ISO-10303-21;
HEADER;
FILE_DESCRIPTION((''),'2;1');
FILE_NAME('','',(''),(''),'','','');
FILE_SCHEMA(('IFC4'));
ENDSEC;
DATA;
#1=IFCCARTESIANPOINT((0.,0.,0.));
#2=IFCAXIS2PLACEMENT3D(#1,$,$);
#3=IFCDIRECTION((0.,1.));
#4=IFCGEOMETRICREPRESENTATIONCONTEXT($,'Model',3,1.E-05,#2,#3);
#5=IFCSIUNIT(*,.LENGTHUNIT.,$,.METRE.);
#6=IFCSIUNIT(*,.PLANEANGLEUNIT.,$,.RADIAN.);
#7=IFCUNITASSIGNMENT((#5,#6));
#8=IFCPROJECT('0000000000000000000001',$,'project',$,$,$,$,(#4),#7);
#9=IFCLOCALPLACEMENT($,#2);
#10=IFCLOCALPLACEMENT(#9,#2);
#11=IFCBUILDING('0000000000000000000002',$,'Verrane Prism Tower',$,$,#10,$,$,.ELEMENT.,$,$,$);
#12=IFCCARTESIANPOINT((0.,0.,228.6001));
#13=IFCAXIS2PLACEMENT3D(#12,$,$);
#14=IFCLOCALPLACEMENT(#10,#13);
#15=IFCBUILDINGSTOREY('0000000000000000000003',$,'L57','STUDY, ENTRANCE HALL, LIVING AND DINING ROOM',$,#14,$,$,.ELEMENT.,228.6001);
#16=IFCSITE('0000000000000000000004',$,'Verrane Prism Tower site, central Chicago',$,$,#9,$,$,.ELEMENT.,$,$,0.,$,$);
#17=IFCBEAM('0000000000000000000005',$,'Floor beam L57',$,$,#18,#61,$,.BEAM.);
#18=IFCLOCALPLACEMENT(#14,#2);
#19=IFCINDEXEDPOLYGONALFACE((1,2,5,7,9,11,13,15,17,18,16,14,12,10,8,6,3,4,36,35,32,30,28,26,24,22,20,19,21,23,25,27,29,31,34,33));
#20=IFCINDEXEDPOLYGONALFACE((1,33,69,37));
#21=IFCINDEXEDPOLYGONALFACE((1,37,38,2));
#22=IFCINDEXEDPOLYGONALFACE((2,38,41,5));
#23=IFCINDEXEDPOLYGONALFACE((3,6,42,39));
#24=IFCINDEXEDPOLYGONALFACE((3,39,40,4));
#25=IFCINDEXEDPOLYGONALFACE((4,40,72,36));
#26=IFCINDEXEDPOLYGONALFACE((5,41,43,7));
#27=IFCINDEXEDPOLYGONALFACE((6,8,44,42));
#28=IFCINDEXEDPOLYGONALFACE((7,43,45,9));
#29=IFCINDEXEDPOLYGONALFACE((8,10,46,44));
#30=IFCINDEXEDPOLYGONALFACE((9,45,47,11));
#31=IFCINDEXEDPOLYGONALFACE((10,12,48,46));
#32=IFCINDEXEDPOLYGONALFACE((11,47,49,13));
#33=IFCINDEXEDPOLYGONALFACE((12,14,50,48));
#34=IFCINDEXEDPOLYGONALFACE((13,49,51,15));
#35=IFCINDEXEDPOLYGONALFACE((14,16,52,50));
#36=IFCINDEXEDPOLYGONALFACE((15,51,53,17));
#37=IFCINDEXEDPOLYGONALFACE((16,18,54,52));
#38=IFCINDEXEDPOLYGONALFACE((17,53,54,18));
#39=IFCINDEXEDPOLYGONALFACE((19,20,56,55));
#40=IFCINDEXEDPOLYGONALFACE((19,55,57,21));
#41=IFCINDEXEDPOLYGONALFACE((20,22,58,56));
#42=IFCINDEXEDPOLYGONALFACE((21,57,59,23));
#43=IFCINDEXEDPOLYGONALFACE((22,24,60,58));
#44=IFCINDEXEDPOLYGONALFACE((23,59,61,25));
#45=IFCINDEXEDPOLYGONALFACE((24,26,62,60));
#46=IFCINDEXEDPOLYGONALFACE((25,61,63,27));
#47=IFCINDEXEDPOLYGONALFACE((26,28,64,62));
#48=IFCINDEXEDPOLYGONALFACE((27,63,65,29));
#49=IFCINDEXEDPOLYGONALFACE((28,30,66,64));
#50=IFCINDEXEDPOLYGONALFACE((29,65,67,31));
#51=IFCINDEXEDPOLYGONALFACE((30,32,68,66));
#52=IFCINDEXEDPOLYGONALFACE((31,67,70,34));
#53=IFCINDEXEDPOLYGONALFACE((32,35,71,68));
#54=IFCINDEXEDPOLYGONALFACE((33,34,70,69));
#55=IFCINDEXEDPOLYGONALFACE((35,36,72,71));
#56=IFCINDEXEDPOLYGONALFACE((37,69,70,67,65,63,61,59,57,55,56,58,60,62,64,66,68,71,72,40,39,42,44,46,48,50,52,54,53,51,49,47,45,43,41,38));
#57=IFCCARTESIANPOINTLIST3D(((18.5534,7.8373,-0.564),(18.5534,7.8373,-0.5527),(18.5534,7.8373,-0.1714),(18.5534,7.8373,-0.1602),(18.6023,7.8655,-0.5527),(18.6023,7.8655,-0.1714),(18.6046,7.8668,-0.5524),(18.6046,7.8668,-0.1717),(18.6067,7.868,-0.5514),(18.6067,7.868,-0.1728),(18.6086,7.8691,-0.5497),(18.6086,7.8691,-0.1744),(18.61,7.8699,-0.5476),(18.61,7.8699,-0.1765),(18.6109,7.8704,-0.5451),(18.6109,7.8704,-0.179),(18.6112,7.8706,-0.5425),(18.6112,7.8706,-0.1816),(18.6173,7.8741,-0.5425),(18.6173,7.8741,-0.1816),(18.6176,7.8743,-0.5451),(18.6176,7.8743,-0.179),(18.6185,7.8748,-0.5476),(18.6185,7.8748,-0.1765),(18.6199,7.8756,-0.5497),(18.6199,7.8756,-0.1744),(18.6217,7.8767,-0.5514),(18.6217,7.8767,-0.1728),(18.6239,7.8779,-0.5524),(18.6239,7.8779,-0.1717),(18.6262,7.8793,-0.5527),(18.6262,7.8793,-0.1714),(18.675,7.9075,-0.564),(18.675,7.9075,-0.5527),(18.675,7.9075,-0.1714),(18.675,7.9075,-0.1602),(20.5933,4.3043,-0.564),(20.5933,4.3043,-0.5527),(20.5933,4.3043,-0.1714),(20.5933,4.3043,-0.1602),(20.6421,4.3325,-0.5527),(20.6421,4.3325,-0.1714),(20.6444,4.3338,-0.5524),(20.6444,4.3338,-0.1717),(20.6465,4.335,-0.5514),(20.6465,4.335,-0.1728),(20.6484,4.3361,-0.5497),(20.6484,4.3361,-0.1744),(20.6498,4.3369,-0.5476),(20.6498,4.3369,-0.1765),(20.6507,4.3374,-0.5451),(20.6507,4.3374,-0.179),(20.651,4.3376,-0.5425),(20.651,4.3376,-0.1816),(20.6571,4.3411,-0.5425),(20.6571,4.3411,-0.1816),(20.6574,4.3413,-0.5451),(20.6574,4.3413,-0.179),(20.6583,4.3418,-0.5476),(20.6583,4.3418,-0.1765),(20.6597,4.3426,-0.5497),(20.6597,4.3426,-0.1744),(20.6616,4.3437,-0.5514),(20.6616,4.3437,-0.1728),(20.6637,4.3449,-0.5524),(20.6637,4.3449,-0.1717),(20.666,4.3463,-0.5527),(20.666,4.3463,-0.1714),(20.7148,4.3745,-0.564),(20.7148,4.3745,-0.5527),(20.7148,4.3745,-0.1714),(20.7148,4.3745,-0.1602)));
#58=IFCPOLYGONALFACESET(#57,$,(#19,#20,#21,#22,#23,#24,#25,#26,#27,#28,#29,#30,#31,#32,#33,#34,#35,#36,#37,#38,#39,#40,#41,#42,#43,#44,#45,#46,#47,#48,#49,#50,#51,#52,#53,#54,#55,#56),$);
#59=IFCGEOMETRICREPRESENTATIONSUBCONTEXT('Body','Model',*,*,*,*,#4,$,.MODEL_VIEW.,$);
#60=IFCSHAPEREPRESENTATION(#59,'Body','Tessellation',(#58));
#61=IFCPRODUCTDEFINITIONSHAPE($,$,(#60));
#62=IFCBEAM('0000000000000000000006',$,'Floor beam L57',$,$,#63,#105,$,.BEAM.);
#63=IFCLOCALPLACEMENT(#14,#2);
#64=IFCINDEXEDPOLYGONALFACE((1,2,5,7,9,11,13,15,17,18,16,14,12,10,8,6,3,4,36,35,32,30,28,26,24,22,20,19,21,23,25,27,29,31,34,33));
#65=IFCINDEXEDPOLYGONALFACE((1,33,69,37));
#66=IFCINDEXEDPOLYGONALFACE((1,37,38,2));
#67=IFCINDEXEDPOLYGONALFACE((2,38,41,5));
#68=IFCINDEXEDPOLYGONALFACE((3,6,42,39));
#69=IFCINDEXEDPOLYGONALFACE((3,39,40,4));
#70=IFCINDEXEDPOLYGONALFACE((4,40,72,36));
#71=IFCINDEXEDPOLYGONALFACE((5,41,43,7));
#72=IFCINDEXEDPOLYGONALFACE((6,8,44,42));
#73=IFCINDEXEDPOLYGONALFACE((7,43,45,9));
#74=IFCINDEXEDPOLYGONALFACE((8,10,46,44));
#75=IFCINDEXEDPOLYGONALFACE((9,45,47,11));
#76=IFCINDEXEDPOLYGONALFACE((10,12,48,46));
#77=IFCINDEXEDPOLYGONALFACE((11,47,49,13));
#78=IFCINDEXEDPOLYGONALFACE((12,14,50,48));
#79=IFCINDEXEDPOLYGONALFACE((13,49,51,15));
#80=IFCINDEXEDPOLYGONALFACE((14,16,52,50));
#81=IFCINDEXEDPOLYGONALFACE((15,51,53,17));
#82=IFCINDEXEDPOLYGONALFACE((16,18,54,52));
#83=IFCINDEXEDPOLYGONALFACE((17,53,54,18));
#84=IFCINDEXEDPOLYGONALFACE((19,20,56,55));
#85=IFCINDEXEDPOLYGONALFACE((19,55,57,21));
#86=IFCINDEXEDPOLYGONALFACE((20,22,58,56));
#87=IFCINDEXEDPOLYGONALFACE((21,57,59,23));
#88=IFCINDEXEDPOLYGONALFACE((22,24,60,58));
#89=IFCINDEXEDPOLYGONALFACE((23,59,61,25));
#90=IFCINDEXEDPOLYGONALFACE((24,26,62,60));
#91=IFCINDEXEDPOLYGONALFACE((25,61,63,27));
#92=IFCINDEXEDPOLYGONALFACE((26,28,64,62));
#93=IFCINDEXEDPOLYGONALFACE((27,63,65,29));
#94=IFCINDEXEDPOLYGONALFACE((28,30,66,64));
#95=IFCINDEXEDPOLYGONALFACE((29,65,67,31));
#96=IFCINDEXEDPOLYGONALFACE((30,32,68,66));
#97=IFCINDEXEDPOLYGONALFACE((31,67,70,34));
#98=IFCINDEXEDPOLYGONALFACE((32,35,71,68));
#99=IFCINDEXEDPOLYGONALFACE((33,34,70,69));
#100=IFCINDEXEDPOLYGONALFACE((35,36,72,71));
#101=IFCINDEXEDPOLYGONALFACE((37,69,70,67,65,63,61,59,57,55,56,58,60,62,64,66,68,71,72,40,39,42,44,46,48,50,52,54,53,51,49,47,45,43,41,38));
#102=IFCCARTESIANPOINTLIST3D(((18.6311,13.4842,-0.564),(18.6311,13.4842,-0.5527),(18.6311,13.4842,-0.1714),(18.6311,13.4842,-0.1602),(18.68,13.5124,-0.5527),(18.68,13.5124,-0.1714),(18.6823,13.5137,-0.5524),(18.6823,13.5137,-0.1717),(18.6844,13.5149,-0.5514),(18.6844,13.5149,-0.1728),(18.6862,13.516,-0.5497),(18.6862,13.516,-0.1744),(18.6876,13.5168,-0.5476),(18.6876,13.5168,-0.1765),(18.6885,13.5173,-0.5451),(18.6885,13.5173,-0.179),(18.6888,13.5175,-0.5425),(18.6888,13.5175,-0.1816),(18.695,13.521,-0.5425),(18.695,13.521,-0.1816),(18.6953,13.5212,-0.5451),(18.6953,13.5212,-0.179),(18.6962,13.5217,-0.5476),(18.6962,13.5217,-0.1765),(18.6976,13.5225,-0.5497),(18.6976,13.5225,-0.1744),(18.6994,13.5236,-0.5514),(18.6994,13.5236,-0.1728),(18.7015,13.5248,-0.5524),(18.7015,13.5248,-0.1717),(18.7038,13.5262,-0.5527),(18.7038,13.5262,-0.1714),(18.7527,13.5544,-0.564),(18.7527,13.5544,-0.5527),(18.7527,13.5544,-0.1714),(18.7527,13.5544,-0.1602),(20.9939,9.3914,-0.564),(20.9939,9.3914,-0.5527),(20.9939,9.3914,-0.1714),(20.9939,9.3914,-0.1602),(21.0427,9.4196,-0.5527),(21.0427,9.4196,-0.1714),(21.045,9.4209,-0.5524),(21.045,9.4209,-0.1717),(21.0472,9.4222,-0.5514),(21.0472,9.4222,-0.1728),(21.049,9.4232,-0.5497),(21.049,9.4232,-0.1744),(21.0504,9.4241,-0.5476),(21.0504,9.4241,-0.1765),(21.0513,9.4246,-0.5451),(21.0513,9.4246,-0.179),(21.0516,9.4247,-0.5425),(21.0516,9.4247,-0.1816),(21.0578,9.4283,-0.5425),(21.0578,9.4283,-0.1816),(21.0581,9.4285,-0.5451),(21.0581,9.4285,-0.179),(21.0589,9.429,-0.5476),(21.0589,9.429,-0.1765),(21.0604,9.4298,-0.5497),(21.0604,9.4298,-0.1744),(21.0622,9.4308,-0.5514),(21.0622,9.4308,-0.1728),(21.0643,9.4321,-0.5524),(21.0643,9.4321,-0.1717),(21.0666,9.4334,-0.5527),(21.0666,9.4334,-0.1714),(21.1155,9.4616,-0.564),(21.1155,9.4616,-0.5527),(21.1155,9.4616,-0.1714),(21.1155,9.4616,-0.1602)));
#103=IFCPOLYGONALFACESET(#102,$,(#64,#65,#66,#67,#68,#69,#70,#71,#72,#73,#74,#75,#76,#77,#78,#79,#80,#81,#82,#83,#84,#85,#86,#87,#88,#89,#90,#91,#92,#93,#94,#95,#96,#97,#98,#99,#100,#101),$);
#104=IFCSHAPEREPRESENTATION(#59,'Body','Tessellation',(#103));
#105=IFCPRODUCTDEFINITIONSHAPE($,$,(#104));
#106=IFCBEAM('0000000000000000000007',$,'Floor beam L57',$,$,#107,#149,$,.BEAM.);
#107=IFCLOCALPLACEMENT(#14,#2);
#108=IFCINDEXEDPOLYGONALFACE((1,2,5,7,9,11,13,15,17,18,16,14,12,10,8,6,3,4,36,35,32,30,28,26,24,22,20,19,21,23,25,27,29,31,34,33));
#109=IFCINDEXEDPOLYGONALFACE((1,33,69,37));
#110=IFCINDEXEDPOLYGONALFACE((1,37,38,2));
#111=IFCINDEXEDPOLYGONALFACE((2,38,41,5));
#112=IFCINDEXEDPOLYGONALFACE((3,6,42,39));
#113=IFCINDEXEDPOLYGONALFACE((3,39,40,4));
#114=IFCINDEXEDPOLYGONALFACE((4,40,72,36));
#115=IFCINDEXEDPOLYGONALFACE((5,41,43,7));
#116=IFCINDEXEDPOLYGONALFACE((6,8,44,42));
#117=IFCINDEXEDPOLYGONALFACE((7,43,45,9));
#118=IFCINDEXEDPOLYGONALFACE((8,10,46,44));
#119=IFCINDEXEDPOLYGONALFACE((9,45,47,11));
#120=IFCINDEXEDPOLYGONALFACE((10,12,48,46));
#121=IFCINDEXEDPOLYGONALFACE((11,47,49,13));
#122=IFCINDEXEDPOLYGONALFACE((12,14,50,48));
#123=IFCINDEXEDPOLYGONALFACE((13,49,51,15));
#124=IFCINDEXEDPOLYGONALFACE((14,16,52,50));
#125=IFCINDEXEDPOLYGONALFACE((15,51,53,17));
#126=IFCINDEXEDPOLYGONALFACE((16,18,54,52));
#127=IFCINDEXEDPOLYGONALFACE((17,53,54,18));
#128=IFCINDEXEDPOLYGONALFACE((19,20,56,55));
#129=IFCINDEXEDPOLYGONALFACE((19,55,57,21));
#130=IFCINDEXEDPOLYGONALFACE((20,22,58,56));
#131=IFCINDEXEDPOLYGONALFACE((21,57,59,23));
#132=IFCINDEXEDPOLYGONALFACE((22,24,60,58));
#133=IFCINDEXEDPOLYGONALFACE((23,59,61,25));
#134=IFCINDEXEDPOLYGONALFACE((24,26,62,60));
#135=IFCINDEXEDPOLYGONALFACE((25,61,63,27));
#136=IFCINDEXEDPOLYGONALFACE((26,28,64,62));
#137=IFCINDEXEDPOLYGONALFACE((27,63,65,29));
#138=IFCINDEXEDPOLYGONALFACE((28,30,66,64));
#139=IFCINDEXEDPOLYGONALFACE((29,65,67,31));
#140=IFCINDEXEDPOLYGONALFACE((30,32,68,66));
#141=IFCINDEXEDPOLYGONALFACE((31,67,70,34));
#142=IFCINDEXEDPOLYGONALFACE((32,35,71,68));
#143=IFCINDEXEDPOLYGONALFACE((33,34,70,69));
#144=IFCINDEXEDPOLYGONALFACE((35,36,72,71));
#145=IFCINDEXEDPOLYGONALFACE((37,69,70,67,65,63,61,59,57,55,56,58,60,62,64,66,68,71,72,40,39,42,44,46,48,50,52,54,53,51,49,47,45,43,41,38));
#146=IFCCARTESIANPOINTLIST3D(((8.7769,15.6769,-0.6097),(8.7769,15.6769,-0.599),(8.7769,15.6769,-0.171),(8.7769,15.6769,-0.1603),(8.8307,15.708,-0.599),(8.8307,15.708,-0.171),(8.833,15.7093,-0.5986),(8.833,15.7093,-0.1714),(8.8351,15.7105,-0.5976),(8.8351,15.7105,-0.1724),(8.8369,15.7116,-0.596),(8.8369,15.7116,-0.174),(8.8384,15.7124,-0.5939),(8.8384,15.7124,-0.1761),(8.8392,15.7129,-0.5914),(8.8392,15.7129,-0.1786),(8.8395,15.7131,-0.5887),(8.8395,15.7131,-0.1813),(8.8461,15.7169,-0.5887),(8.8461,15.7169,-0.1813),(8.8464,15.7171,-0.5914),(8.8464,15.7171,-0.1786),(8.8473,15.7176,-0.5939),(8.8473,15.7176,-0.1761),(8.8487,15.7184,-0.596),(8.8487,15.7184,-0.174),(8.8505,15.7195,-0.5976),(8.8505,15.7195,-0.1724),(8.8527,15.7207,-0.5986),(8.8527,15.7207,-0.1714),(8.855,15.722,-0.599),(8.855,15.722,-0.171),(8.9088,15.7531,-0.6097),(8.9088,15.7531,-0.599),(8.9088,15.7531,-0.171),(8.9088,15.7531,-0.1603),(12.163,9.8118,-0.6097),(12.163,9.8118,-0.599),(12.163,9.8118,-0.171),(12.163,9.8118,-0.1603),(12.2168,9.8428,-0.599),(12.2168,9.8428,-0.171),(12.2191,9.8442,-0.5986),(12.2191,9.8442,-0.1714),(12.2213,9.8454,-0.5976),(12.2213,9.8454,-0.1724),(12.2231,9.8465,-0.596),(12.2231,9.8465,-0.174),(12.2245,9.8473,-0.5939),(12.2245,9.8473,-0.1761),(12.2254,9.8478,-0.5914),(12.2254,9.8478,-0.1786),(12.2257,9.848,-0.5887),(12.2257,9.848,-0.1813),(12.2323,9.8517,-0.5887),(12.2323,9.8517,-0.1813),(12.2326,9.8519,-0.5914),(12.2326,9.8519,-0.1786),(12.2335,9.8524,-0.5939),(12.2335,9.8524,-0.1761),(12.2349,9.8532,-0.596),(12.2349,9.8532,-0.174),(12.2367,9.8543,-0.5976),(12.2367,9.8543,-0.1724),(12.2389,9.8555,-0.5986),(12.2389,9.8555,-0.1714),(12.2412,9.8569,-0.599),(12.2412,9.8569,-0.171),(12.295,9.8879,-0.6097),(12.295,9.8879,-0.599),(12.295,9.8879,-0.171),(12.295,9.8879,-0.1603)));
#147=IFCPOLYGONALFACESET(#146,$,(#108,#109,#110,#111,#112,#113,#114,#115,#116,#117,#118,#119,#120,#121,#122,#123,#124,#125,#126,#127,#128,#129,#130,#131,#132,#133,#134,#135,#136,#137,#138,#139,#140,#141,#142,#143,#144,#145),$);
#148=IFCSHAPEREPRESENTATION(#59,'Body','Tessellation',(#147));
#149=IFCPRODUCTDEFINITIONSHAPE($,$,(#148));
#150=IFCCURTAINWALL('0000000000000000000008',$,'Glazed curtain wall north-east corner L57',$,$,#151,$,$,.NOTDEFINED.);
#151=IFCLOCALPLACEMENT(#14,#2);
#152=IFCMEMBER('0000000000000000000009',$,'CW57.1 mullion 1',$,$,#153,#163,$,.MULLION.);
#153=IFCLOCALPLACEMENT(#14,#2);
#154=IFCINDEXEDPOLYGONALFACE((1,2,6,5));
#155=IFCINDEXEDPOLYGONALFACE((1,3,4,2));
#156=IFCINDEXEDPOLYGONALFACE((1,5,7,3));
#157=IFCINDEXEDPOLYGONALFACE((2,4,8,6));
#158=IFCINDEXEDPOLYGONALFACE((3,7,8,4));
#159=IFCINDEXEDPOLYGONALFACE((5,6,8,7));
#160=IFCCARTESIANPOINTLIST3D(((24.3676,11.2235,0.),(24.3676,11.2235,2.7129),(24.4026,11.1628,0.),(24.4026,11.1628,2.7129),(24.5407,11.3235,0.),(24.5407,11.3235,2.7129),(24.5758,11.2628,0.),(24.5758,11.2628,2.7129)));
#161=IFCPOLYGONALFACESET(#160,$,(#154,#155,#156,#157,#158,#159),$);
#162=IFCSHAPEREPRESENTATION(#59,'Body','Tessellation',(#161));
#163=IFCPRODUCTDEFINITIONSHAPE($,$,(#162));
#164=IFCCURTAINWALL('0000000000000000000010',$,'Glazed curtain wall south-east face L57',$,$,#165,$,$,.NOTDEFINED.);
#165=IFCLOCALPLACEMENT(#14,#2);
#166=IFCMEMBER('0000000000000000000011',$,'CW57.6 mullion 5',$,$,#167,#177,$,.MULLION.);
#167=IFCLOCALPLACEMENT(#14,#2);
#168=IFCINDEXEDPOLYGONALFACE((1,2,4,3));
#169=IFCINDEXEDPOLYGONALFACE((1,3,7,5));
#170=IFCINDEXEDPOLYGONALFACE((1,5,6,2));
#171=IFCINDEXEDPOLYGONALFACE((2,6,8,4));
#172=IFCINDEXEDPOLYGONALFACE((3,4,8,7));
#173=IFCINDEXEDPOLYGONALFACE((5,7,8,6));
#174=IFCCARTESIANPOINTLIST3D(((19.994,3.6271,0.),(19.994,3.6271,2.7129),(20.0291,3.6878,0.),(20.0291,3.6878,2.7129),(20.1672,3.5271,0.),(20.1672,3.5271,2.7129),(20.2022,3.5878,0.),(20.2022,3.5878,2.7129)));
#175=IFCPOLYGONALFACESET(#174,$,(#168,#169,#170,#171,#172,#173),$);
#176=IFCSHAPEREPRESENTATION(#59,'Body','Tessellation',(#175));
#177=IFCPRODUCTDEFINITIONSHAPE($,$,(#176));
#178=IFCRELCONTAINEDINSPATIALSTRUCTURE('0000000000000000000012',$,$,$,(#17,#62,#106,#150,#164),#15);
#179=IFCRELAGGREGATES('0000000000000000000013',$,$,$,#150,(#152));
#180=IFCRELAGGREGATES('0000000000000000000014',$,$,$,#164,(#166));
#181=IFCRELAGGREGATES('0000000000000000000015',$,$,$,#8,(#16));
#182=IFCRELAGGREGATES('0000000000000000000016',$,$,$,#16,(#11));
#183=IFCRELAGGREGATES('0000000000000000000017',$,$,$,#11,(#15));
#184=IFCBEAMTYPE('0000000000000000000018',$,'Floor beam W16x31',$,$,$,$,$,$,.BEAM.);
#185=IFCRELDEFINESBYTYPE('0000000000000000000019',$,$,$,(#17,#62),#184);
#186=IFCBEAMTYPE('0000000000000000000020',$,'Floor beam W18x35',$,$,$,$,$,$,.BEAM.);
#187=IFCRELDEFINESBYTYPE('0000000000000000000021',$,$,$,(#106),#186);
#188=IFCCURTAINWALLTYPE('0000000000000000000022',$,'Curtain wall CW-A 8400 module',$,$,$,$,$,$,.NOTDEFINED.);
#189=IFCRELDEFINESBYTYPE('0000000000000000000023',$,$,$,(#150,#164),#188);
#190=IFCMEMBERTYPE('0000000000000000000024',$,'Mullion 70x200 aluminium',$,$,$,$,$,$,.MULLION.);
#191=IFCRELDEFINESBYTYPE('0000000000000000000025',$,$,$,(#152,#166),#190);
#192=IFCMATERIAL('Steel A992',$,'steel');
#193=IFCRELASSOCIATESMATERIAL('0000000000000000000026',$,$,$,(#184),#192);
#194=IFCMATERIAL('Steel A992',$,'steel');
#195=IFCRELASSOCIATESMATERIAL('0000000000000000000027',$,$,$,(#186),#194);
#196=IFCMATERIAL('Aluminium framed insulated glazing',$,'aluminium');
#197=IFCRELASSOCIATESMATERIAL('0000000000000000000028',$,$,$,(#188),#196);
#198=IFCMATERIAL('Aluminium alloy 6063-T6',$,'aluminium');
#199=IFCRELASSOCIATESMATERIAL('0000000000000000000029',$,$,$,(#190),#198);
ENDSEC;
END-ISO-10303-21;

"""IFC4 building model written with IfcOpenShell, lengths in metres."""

from ifc_helpers import new_model, si_unit, direction, frame, origin, origin_2d, place, context, subcontext, project, spatial, rectangle, i_section, extrude, material, material_profile, profile_set, type_object, element, aggregate, save


model = new_model("IFC4")

# Units and contexts
model_context = context("Model", 3, precision=1e-05, world=origin(), true_north=direction((0.0, 1.0)))
body_context = subcontext(model_context, "Body", "Model", "MODEL_VIEW")
ifc_project = project(units=[si_unit("LENGTHUNIT", "METRE"), si_unit("PLANEANGLEUNIT", "RADIAN")], contexts=[model_context])

# Site, building, storey
site_placement = place(None, origin())
site = spatial("IfcSite", under=ifc_project, at=site_placement, Name="Verrane Prism Tower site, central Chicago", CompositionType="ELEMENT", RefElevation=0.0)
building_placement = place(site_placement, origin())
building = spatial("IfcBuilding", under=site, at=building_placement, Name="Verrane Prism Tower", CompositionType="ELEMENT")
storey_placement = place(building_placement, frame((0.0, 0.0, 228.6001)))
storey = spatial("IfcBuildingStorey", under=building, at=storey_placement, Name="L57", Description="STUDY, ENTRANCE HALL, LIVING AND DINING ROOM", CompositionType="ELEMENT", Elevation=228.6001)

# Beams
ifc_material_1 = material(Name="Steel A992", Category="steel")
ifc_material_profile_1 = material_profile(ifc_material_1, i_section(OverallWidth=0.1404, OverallDepth=0.4038, WebThickness=0.0071, FlangeThickness=0.0112, FilletRadius=0.0103, at=origin_2d()), Name="W16x31")
ifc_profile_set_1 = profile_set([ifc_material_profile_1], Name="Steel A992")
beam_type_1 = type_object("IfcBeamType", Name="Floor beam W16x31", PredefinedType="BEAM", material=ifc_profile_set_1)
beam_1_placement = place(storey_placement, frame((20.6541, 4.3394, -0.3621), z_axis=(-0.500007, 0.866021, 0.0), x_axis=(-0.866021, -0.500007, 0.0)))
element("IfcBeam", 1, at=beam_1_placement, inside=storey, type_object=beam_type_1, Name="Floor beam L57", PredefinedType="BEAM", context=body_context, shape_type="SweptSolid", body=[
    extrude(i_section(OverallWidth=0.1404, OverallDepth=0.4038, WebThickness=0.0071, FlangeThickness=0.0112, FilletRadius=0.0103, at=origin_2d()), origin(), (0.0, 0.0, 1.0), 4.0796),
])
beam_2_placement = place(storey_placement, frame((21.0547, 9.4265, -0.3621), z_axis=(-0.499973, 0.866041, 0.0), x_axis=(-0.866041, -0.499973, 0.0)))
element("IfcBeam", 2, at=beam_2_placement, inside=storey, type_object=beam_type_1, Name="Floor beam L57", PredefinedType="BEAM", context=body_context, shape_type="SweptSolid", body=[
    extrude(i_section(OverallWidth=0.1404, OverallDepth=0.4038, WebThickness=0.0071, FlangeThickness=0.0112, FilletRadius=0.0103, at=origin_2d()), origin(), (0.0, 0.0, 1.0), 4.7258),
])
ifc_material_2 = material(Name="Steel A992", Category="steel")
ifc_material_profile_2 = material_profile(ifc_material_2, i_section(OverallWidth=0.1523, OverallDepth=0.4495, WebThickness=0.0076, FlangeThickness=0.0107, FilletRadius=0.0103, at=origin_2d()), Name="W18x35")
ifc_profile_set_2 = profile_set([ifc_material_profile_2], Name="Steel A992")
beam_type_2 = type_object("IfcBeamType", Name="Floor beam W18x35", PredefinedType="BEAM", material=ifc_profile_set_2)
beam_3_placement = place(storey_placement, frame((12.229, 9.8499, -0.385), z_axis=(-0.499993, 0.86603, 0.0), x_axis=(-0.86603, -0.499993, 0.0)))
element("IfcBeam", 3, at=beam_3_placement, inside=storey, type_object=beam_type_2, Name="Floor beam L57", PredefinedType="BEAM", context=body_context, shape_type="SweptSolid", body=[
    extrude(i_section(OverallWidth=0.1523, OverallDepth=0.4495, WebThickness=0.0076, FlangeThickness=0.0107, FilletRadius=0.0103, at=origin_2d()), origin(), (0.0, 0.0, 1.0), 6.7725),
])

# Curtain walls, members
ifc_material_3 = material(Name="Aluminium framed insulated glazing", Category="aluminium")
curtain_wall_type = type_object("IfcCurtainWallType", Name="Curtain wall CW-A 8400 module", PredefinedType="NOTDEFINED", material=ifc_material_3)
curtain_wall_1_placement = place(storey_placement, origin())
curtain_wall_1 = element("IfcCurtainWall", 4, at=curtain_wall_1_placement, inside=storey, type_object=curtain_wall_type, Name="Glazed curtain wall north-east corner L57", PredefinedType="NOTDEFINED")
ifc_material_4 = material(Name="Aluminium alloy 6063-T6", Category="aluminium")
ifc_material_profile_3 = material_profile(ifc_material_4, rectangle(XDim=0.2, YDim=0.0701, at=origin_2d()), Name="Mullion 70x200 aluminium")
ifc_profile_set_3 = profile_set([ifc_material_profile_3], Name="Aluminium alloy 6063-T6")
member_type_1 = type_object("IfcMemberType", Name="Mullion 70x200 aluminium", PredefinedType="MULLION", material=ifc_profile_set_3)
member_1_placement = place(storey_placement, frame((24.4717, 11.2432, 0.0), z_axis=(0.0, 0.0, 1.0), x_axis=(-0.866028, -0.499995, 0.0)))
member_1 = element("IfcMember", 5, at=member_1_placement, type_object=member_type_1, Name="CW57.1 mullion 1", PredefinedType="MULLION", context=body_context, shape_type="SweptSolid", body=[
    extrude(rectangle(XDim=0.2, YDim=0.0701, at=origin_2d()), origin(), (0.0, 0.0, 1.0), 2.7129),
])
curtain_wall_2_placement = place(storey_placement, origin())
curtain_wall_2 = element("IfcCurtainWall", 6, at=curtain_wall_2_placement, inside=storey, type_object=curtain_wall_type, Name="Glazed curtain wall south-east face L57", PredefinedType="NOTDEFINED")
member_2_placement = place(storey_placement, frame((20.0981, 3.6074, 0.0), z_axis=(0.0, 0.0, 1.0), x_axis=(-0.866025, 0.500001, 0.0)))
member_2 = element("IfcMember", 7, at=member_2_placement, type_object=member_type_1, Name="CW57.6 mullion 5", PredefinedType="MULLION", context=body_context, shape_type="SweptSolid", body=[
    extrude(rectangle(XDim=0.2, YDim=0.0701, at=origin_2d()), origin(), (0.0, 0.0, 1.0), 2.7129),
])

aggregate(curtain_wall_1, [member_1])

aggregate(curtain_wall_2, [member_2])

save(model, "model.ifc")
